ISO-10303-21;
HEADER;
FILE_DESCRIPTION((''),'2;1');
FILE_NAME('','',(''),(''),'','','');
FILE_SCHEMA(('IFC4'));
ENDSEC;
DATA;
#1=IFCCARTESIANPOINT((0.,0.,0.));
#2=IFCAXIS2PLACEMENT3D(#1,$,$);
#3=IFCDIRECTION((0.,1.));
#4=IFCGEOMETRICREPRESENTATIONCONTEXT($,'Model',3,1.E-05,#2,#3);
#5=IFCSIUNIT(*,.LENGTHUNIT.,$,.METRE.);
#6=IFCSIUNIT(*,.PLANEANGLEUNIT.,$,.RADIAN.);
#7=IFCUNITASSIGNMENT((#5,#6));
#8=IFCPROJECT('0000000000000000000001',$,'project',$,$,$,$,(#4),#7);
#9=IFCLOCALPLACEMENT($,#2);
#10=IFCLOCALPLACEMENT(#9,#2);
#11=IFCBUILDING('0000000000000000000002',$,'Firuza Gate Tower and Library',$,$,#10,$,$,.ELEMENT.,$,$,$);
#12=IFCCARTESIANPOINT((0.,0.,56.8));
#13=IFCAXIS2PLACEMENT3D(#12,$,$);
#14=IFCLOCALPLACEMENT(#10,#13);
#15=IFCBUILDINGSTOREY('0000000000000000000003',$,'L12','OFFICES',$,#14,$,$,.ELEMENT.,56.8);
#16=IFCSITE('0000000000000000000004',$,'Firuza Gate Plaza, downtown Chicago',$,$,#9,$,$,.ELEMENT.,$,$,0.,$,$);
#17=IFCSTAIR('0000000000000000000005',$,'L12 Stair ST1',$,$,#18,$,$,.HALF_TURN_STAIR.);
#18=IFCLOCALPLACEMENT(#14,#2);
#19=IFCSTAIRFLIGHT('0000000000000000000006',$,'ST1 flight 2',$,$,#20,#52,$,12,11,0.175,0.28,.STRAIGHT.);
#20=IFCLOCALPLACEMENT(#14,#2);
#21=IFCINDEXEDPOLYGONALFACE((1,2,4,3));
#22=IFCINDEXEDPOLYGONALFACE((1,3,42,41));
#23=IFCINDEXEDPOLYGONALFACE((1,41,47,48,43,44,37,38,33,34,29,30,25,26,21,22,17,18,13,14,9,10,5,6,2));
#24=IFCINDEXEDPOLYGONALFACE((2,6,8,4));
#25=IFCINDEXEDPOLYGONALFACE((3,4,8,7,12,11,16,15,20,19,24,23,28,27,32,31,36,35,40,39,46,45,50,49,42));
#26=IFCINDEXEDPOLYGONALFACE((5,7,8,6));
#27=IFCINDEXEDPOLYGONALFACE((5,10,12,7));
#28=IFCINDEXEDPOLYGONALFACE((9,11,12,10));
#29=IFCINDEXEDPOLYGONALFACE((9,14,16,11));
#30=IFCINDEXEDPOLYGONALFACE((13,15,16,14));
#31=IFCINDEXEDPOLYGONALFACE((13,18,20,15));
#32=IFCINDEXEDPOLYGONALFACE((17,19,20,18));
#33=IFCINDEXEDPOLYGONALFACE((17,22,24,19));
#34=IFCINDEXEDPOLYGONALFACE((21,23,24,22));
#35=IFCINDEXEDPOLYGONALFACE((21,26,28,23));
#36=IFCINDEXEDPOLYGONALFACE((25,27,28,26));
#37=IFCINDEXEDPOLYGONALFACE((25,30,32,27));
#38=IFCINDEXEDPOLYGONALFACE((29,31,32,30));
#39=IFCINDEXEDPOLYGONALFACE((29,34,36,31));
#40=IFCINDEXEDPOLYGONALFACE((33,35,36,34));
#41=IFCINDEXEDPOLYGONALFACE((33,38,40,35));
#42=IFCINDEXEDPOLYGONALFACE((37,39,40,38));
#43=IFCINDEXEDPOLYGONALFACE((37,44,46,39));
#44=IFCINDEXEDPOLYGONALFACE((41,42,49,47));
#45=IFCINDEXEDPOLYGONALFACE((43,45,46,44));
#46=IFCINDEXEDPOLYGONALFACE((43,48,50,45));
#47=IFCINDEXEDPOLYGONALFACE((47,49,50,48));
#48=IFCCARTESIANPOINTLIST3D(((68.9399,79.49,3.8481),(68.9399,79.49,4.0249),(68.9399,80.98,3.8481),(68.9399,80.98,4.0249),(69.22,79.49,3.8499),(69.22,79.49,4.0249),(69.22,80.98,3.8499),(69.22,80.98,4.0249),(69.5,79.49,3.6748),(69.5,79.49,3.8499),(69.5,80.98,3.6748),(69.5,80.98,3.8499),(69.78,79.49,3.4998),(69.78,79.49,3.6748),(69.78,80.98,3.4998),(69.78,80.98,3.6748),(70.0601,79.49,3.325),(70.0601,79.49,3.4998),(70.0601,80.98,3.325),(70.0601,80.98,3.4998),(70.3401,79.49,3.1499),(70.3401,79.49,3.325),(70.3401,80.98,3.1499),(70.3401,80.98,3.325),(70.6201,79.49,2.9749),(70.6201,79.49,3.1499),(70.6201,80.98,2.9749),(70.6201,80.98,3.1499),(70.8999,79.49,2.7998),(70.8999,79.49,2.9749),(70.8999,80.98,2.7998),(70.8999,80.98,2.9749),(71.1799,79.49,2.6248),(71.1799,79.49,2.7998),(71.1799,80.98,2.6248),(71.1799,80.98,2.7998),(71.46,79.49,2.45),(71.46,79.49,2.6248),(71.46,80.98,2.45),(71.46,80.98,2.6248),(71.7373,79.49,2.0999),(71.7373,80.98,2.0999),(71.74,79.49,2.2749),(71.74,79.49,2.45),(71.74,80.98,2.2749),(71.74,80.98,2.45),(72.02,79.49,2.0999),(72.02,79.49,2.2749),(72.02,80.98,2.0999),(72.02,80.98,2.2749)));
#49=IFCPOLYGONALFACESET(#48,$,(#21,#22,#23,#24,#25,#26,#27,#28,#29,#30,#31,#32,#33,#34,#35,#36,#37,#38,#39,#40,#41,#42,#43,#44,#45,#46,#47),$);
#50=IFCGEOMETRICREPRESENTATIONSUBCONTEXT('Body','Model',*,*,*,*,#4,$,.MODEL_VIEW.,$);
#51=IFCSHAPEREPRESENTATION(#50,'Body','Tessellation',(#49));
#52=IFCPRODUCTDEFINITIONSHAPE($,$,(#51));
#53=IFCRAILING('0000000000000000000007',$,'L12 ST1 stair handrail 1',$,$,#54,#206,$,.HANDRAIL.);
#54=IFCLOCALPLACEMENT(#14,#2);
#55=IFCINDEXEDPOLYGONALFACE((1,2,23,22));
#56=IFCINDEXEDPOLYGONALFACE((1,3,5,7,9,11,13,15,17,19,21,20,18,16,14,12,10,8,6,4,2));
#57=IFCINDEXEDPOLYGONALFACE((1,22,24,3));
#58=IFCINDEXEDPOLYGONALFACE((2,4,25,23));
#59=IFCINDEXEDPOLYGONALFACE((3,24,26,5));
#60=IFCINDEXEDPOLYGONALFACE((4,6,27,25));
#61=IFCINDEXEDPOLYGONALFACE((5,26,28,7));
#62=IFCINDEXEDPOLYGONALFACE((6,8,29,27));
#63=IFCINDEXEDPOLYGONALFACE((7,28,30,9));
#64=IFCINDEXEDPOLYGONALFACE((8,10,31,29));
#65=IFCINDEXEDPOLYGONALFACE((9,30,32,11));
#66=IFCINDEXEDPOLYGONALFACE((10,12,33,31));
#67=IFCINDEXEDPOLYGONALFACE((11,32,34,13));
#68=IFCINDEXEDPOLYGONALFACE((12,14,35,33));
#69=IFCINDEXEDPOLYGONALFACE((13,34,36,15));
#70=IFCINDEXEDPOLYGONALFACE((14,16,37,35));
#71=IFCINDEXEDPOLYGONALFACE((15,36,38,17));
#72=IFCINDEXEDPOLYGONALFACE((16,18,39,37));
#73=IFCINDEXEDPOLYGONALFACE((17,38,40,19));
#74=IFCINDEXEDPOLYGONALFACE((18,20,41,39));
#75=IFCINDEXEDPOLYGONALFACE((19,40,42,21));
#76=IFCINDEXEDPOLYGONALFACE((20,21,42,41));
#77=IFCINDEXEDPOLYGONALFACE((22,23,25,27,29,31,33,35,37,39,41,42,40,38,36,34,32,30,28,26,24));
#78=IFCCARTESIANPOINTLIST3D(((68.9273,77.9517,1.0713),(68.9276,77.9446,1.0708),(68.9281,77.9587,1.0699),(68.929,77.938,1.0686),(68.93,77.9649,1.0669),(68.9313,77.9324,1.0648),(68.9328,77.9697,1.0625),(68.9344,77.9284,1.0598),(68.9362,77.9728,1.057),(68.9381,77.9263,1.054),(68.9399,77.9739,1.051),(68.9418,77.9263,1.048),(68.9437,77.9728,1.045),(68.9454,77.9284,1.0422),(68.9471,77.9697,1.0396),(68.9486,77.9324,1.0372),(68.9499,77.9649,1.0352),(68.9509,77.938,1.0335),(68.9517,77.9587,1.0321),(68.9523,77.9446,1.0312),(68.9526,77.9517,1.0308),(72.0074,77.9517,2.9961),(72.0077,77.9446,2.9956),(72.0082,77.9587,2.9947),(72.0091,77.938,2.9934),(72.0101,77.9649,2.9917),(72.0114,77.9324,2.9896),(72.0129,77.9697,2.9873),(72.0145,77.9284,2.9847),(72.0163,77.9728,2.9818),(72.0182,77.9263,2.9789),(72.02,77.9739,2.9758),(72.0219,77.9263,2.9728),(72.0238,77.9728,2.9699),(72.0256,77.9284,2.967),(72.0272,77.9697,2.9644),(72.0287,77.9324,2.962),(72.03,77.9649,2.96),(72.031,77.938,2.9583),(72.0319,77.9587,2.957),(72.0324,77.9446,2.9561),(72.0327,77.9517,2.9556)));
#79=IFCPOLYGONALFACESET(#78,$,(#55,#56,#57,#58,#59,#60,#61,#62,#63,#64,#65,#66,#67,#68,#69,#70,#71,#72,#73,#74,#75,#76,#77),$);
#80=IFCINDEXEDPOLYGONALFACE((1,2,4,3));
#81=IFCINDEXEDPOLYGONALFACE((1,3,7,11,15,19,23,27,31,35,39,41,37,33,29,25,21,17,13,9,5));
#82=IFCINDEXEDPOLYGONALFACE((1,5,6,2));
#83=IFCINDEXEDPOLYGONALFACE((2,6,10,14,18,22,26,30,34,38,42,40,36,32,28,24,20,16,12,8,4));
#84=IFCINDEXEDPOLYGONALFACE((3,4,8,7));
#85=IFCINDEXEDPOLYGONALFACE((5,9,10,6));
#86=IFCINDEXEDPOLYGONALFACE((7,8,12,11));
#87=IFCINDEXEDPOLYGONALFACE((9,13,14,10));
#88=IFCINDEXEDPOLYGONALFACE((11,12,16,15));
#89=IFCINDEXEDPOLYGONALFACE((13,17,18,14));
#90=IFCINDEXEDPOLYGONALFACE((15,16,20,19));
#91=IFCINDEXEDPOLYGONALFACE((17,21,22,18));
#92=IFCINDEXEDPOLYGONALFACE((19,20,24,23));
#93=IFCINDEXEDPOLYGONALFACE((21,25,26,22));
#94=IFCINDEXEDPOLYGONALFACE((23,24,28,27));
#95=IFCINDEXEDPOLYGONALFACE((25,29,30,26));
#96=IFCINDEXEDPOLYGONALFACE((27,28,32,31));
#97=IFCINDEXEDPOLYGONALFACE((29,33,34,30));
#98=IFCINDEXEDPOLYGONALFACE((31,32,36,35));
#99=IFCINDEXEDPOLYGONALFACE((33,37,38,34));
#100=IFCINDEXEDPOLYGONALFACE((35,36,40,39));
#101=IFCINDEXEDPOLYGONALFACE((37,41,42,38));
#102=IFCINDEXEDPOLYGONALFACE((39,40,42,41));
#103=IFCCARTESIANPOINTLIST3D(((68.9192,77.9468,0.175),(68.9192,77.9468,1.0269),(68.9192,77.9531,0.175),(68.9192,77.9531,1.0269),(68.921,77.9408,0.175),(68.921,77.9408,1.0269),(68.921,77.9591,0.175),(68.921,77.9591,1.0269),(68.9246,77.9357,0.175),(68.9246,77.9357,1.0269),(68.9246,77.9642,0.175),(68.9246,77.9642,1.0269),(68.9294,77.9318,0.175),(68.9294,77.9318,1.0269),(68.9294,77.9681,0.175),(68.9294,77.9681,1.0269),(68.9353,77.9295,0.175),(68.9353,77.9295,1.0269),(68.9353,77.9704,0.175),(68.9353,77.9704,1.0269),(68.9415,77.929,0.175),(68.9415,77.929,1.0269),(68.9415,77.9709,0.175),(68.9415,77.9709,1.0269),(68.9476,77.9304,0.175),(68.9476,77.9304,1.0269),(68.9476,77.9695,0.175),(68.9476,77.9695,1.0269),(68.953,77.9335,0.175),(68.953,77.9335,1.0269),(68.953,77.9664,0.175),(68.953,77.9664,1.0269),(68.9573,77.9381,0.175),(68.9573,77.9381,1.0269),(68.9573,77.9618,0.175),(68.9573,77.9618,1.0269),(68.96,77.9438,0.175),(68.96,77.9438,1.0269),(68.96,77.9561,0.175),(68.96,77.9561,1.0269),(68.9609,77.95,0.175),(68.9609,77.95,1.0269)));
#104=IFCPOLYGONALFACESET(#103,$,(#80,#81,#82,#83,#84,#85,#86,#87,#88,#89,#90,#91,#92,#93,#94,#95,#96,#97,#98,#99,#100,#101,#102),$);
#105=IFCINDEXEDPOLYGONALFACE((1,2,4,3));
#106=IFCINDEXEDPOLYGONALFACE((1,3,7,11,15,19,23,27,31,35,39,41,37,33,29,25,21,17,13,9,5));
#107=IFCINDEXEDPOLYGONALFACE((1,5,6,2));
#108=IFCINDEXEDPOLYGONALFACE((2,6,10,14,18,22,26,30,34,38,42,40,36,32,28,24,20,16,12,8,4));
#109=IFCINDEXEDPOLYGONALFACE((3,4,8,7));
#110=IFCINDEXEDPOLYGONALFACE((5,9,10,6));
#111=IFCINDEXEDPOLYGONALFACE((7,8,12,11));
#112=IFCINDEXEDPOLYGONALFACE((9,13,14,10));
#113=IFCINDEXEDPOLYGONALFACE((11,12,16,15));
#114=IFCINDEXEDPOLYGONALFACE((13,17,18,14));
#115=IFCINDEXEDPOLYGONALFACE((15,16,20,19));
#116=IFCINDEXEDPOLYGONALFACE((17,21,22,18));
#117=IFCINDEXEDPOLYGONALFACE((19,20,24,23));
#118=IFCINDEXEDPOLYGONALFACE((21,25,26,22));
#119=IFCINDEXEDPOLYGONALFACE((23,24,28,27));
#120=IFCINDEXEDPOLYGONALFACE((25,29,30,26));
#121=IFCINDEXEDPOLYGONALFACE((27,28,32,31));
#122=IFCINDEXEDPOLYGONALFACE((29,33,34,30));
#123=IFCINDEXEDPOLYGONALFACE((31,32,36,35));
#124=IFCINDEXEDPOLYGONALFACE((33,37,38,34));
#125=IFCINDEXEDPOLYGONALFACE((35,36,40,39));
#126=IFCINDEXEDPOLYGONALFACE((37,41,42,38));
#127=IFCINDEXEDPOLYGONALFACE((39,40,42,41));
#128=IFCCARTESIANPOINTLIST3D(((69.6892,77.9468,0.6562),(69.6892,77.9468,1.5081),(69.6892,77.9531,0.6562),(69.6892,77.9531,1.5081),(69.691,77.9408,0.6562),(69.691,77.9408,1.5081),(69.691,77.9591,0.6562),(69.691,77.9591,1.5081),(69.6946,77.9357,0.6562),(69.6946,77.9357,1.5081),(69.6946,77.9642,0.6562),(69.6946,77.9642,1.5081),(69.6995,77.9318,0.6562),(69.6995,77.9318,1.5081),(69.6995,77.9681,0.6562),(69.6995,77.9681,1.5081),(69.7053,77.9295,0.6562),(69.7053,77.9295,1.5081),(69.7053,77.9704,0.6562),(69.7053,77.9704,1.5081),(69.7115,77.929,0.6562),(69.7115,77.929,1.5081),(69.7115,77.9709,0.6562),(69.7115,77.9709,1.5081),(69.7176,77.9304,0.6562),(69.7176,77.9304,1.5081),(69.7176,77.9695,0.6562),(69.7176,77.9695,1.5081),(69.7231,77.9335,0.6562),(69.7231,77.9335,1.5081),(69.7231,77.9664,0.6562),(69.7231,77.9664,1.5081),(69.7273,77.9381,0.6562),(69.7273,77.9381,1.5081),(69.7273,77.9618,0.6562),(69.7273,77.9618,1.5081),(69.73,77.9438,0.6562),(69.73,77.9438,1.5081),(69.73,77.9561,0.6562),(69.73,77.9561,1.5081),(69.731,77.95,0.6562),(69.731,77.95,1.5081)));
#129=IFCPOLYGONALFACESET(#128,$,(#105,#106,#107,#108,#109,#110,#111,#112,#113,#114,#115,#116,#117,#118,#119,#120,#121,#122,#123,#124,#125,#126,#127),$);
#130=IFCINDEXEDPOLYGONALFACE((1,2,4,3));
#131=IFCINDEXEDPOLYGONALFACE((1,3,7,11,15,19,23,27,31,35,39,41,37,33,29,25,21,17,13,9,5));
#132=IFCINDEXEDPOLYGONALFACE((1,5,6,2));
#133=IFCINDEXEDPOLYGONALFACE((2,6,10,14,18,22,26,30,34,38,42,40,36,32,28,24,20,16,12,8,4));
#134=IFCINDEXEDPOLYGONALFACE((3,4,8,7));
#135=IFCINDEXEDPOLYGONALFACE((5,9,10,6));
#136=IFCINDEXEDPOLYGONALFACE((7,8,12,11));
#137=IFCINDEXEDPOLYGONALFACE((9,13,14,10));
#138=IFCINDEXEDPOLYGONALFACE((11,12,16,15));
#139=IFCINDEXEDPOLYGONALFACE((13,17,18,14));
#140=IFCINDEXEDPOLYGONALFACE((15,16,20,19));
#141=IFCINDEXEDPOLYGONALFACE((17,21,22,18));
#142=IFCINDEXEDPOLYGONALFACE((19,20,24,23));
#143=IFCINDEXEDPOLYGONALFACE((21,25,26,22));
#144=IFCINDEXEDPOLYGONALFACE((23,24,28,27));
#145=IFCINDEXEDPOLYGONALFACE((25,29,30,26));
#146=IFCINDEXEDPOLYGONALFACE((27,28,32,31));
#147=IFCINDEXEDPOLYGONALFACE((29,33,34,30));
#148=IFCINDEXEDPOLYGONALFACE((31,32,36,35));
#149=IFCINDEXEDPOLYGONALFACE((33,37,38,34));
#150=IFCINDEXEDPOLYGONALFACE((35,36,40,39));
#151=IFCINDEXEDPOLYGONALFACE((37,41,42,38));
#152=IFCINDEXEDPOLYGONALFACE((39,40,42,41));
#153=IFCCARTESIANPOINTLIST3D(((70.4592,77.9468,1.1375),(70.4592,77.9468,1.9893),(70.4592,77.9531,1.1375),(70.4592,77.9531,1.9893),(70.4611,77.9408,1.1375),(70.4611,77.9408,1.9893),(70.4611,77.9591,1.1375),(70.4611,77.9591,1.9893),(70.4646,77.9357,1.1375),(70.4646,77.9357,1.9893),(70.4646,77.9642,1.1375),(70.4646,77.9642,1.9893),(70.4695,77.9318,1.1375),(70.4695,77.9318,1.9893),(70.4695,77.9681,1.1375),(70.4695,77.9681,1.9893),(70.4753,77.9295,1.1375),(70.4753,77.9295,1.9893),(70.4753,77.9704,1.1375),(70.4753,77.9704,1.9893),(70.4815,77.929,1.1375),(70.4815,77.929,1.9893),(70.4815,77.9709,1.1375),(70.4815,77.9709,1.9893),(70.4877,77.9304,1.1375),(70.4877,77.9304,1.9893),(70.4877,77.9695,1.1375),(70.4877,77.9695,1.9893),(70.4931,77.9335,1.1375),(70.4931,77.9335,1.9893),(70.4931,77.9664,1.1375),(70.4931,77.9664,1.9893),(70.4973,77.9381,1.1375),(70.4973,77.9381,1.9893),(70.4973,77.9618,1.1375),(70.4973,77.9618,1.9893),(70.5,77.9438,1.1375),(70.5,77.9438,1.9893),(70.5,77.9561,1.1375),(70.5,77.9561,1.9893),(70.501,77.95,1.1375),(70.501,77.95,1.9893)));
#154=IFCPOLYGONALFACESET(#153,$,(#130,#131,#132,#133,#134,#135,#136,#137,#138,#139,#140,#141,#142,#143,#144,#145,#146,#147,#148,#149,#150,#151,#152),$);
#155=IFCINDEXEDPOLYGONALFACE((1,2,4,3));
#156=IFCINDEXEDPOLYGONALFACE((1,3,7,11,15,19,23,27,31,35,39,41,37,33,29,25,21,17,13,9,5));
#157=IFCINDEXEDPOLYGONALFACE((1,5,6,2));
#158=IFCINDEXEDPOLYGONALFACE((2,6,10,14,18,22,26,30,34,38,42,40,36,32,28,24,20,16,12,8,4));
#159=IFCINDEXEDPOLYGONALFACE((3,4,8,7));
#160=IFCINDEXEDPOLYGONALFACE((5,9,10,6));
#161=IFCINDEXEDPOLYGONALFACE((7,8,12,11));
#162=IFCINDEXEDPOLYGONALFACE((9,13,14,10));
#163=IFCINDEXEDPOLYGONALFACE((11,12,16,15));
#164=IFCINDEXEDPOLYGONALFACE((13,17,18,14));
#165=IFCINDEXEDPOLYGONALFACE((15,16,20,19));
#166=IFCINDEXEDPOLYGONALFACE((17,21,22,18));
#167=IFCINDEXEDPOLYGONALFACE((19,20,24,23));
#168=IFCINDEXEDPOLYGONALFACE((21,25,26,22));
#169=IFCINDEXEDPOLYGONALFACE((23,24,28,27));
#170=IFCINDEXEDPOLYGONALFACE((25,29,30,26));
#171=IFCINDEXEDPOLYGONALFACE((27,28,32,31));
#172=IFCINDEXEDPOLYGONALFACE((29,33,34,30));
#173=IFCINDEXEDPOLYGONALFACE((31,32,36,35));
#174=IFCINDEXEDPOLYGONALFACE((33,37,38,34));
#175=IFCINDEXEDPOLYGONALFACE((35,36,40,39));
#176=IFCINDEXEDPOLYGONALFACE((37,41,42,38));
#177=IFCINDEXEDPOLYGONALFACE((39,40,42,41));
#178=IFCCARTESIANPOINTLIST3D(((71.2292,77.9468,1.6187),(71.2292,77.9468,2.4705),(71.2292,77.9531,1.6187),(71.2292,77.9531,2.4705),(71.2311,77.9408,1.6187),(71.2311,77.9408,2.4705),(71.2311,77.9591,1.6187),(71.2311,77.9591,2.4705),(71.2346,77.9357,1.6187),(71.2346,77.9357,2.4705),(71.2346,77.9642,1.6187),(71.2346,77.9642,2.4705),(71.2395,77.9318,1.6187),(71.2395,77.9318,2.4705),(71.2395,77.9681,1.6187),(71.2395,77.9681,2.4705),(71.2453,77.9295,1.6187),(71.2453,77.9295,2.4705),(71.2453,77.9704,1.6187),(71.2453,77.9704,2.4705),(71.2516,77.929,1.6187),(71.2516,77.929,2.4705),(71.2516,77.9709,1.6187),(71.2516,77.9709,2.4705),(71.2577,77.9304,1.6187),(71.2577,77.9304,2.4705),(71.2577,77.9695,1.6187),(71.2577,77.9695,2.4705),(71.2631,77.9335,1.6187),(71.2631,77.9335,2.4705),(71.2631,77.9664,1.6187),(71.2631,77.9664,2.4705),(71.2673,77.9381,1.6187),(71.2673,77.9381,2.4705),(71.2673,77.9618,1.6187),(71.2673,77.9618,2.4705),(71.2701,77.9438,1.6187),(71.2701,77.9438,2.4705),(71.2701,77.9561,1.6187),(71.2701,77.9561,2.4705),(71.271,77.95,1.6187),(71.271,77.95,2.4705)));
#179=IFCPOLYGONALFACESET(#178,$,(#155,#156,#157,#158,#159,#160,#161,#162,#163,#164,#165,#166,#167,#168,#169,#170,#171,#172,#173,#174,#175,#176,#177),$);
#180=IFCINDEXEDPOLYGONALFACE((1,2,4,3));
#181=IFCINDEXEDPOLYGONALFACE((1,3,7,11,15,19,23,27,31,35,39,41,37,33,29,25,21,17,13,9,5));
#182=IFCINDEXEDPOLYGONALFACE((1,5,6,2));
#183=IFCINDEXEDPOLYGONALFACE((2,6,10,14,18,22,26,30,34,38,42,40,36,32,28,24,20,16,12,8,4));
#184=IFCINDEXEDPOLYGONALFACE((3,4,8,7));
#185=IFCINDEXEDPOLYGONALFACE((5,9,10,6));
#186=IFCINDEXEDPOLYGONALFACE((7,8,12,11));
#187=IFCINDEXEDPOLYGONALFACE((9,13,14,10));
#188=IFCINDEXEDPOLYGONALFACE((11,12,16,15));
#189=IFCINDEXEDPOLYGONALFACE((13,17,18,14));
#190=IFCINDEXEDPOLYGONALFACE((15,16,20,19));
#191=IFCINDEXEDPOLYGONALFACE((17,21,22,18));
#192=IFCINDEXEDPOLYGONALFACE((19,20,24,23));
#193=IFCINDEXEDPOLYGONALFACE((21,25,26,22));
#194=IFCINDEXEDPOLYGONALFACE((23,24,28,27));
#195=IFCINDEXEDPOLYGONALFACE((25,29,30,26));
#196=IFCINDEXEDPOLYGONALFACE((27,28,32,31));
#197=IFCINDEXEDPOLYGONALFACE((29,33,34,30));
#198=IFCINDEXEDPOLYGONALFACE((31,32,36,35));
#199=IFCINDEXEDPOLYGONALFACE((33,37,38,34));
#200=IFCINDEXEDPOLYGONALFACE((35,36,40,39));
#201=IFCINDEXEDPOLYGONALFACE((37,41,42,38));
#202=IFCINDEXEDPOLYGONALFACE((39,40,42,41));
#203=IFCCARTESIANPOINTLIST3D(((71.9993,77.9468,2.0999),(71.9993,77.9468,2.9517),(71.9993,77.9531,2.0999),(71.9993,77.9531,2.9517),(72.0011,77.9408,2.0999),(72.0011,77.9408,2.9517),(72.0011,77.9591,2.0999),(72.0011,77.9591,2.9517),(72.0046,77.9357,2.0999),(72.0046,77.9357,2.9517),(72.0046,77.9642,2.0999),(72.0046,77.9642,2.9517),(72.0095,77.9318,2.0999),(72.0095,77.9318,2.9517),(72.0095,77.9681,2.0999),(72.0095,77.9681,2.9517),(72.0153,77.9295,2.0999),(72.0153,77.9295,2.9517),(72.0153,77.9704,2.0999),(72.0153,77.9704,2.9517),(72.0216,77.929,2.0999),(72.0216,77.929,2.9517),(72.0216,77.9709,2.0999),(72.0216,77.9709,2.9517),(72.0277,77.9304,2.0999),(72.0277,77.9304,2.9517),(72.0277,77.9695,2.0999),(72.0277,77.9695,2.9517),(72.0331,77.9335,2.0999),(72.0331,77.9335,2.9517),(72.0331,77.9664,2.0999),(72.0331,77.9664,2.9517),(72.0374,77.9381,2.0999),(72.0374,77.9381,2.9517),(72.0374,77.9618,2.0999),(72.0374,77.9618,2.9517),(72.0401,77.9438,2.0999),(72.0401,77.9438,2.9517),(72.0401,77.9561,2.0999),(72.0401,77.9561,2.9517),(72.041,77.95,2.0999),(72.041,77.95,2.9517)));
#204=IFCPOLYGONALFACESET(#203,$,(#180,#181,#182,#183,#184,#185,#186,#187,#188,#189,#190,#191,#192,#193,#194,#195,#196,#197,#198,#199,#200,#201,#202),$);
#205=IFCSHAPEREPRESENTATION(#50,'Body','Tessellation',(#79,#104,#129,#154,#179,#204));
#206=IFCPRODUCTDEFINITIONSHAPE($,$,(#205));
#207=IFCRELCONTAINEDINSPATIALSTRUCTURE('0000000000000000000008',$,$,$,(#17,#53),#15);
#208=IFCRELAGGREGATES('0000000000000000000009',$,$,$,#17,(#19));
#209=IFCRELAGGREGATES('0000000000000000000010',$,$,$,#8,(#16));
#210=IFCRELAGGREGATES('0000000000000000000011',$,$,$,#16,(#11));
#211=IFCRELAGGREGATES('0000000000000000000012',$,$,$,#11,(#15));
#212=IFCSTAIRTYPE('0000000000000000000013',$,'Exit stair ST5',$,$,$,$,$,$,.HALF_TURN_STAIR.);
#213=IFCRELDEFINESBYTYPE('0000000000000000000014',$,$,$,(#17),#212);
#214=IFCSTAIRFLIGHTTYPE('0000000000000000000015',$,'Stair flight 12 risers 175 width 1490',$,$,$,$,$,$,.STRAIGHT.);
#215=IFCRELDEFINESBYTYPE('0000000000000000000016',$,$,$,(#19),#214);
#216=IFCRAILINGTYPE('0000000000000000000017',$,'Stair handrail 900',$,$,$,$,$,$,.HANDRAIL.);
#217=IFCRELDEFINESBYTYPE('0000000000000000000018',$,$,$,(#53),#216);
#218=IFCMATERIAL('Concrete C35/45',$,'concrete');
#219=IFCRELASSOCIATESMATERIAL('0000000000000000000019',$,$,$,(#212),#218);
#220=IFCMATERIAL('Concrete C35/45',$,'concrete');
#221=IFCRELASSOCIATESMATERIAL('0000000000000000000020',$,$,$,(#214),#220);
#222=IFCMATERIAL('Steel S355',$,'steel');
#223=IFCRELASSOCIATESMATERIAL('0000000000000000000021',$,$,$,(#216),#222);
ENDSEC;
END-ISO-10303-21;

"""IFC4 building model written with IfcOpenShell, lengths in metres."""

from ifc_helpers import new_model, si_unit, direction, frame, origin, origin_2d, place, context, subcontext, project, spatial, polyline, circle, outline, extrude, material, type_object, element, aggregate, save


model = new_model("IFC4")

# Units and contexts
model_context = context("Model", 3, precision=1e-05, world=origin(), true_north=direction((0.0, 1.0)))
body_context = subcontext(model_context, "Body", "Model", "MODEL_VIEW")
ifc_project = project(units=[si_unit("LENGTHUNIT", "METRE"), si_unit("PLANEANGLEUNIT", "RADIAN")], contexts=[model_context])

# Site, building, storey
site_placement = place(None, origin())
site = spatial("IfcSite", under=ifc_project, at=site_placement, Name="Firuza Gate Plaza, downtown Chicago", CompositionType="ELEMENT", RefElevation=0.0)
building_placement = place(site_placement, origin())
building = spatial("IfcBuilding", under=site, at=building_placement, Name="Firuza Gate Tower and Library", CompositionType="ELEMENT")
storey_placement = place(building_placement, frame((0.0, 0.0, 56.8)))
storey = spatial("IfcBuildingStorey", under=building, at=storey_placement, Name="L12", Description="OFFICES", CompositionType="ELEMENT", Elevation=56.8)

# Stair, stair flight
ifc_material_1 = material(Name="Concrete C35/45", Category="concrete")
stair_type = type_object("IfcStairType", Name="Exit stair ST5", PredefinedType="HALF_TURN_STAIR", material=ifc_material_1)
stair_placement = place(storey_placement, origin())
stair = element("IfcStair", 1, at=stair_placement, inside=storey, type_object=stair_type, Name="L12 Stair ST1", PredefinedType="HALF_TURN_STAIR")
ifc_material_2 = material(Name="Concrete C35/45", Category="concrete")
stair_flight_type = type_object("IfcStairFlightType", Name="Stair flight 12 risers 175 width 1490", PredefinedType="STRAIGHT", material=ifc_material_2)
stair_flight_1_placement = place(storey_placement, frame((72.02, 80.2351, 2.0999), z_axis=(0.0, 0.0, 1.0), x_axis=(-1.0, 0.0, 0.0)))
stair_flight_1 = element("IfcStairFlight", 2, at=stair_flight_1_placement, type_object=stair_flight_type, Name="ST1 flight 2", NumberOfRisers=12, NumberOfTreads=11, PredefinedType="STRAIGHT", RiserHeight=0.175, TreadLength=0.28, context=body_context, shape_type="SweptSolid", body=[
    extrude(outline(polyline([(0.0, 0.0), (0.0, 0.175), (0.28, 0.175), (0.28, 0.3501), (0.5601, 0.3501), (0.5601, 0.5249), (0.8401, 0.5249), (0.8401, 0.7), (1.1201, 0.7), (1.1201, 0.875), (1.3999, 0.875), (1.3999, 1.05), (1.6799, 1.05), (1.6799, 1.2251), (1.96, 1.2251), (1.96, 1.3999), (2.24, 1.3999), (2.24, 1.575), (2.52, 1.575), (2.52, 1.75), (2.8, 1.75), (2.8, 1.925), (3.0801, 1.925), (3.0801, 2.1001), (3.0801, 1.7483), (0.2827, 0.0), (0.0, 0.0)])), frame((0.0, 0.7451, 0.0), z_axis=(0.0, -1.0, 0.0), x_axis=(1.0, 0.0, 0.0)), (0.0, 0.0, 1.0), 1.49),
])
aggregate(stair, [stair_flight_1])

# Railing
ifc_material_3 = material(Name="Steel S355", Category="steel")
railing_type_1 = type_object("IfcRailingType", Name="Stair handrail 900", PredefinedType="HANDRAIL", material=ifc_material_3)
railing_1_placement = place(storey_placement, frame((68.9399, 77.95, 0.175)))
element("IfcRailing", 3, at=railing_1_placement, inside=storey, type_object=railing_type_1, Name="L12 ST1 stair handrail 1", PredefinedType="HANDRAIL", context=body_context, shape_type="SweptSolid", body=[
    extrude(circle(Radius=0.0239, at=origin_2d()), frame((0.0, 0.0, 0.876), z_axis=(0.848029, 0.0, 0.529951), x_axis=(0.0, 1.0, 0.0)), (0.0, 0.0, 1.0), 3.6321),
    extrude(circle(Radius=0.021, at=origin_2d()), origin(), (0.0, 0.0, 1.0), 0.8518),
    extrude(circle(Radius=0.021, at=origin_2d()), frame((0.77, 0.0, 0.4812)), (0.0, 0.0, 1.0), 0.8518),
    extrude(circle(Radius=0.021, at=origin_2d()), frame((1.54, 0.0, 0.9624)), (0.0, 0.0, 1.0), 0.8518),
    extrude(circle(Radius=0.021, at=origin_2d()), frame((2.3101, 0.0, 1.4436)), (0.0, 0.0, 1.0), 0.8518),
    extrude(circle(Radius=0.021, at=origin_2d()), frame((3.0801, 0.0, 1.9248)), (0.0, 0.0, 1.0), 0.8518),
])

save(model, "model.ifc")
